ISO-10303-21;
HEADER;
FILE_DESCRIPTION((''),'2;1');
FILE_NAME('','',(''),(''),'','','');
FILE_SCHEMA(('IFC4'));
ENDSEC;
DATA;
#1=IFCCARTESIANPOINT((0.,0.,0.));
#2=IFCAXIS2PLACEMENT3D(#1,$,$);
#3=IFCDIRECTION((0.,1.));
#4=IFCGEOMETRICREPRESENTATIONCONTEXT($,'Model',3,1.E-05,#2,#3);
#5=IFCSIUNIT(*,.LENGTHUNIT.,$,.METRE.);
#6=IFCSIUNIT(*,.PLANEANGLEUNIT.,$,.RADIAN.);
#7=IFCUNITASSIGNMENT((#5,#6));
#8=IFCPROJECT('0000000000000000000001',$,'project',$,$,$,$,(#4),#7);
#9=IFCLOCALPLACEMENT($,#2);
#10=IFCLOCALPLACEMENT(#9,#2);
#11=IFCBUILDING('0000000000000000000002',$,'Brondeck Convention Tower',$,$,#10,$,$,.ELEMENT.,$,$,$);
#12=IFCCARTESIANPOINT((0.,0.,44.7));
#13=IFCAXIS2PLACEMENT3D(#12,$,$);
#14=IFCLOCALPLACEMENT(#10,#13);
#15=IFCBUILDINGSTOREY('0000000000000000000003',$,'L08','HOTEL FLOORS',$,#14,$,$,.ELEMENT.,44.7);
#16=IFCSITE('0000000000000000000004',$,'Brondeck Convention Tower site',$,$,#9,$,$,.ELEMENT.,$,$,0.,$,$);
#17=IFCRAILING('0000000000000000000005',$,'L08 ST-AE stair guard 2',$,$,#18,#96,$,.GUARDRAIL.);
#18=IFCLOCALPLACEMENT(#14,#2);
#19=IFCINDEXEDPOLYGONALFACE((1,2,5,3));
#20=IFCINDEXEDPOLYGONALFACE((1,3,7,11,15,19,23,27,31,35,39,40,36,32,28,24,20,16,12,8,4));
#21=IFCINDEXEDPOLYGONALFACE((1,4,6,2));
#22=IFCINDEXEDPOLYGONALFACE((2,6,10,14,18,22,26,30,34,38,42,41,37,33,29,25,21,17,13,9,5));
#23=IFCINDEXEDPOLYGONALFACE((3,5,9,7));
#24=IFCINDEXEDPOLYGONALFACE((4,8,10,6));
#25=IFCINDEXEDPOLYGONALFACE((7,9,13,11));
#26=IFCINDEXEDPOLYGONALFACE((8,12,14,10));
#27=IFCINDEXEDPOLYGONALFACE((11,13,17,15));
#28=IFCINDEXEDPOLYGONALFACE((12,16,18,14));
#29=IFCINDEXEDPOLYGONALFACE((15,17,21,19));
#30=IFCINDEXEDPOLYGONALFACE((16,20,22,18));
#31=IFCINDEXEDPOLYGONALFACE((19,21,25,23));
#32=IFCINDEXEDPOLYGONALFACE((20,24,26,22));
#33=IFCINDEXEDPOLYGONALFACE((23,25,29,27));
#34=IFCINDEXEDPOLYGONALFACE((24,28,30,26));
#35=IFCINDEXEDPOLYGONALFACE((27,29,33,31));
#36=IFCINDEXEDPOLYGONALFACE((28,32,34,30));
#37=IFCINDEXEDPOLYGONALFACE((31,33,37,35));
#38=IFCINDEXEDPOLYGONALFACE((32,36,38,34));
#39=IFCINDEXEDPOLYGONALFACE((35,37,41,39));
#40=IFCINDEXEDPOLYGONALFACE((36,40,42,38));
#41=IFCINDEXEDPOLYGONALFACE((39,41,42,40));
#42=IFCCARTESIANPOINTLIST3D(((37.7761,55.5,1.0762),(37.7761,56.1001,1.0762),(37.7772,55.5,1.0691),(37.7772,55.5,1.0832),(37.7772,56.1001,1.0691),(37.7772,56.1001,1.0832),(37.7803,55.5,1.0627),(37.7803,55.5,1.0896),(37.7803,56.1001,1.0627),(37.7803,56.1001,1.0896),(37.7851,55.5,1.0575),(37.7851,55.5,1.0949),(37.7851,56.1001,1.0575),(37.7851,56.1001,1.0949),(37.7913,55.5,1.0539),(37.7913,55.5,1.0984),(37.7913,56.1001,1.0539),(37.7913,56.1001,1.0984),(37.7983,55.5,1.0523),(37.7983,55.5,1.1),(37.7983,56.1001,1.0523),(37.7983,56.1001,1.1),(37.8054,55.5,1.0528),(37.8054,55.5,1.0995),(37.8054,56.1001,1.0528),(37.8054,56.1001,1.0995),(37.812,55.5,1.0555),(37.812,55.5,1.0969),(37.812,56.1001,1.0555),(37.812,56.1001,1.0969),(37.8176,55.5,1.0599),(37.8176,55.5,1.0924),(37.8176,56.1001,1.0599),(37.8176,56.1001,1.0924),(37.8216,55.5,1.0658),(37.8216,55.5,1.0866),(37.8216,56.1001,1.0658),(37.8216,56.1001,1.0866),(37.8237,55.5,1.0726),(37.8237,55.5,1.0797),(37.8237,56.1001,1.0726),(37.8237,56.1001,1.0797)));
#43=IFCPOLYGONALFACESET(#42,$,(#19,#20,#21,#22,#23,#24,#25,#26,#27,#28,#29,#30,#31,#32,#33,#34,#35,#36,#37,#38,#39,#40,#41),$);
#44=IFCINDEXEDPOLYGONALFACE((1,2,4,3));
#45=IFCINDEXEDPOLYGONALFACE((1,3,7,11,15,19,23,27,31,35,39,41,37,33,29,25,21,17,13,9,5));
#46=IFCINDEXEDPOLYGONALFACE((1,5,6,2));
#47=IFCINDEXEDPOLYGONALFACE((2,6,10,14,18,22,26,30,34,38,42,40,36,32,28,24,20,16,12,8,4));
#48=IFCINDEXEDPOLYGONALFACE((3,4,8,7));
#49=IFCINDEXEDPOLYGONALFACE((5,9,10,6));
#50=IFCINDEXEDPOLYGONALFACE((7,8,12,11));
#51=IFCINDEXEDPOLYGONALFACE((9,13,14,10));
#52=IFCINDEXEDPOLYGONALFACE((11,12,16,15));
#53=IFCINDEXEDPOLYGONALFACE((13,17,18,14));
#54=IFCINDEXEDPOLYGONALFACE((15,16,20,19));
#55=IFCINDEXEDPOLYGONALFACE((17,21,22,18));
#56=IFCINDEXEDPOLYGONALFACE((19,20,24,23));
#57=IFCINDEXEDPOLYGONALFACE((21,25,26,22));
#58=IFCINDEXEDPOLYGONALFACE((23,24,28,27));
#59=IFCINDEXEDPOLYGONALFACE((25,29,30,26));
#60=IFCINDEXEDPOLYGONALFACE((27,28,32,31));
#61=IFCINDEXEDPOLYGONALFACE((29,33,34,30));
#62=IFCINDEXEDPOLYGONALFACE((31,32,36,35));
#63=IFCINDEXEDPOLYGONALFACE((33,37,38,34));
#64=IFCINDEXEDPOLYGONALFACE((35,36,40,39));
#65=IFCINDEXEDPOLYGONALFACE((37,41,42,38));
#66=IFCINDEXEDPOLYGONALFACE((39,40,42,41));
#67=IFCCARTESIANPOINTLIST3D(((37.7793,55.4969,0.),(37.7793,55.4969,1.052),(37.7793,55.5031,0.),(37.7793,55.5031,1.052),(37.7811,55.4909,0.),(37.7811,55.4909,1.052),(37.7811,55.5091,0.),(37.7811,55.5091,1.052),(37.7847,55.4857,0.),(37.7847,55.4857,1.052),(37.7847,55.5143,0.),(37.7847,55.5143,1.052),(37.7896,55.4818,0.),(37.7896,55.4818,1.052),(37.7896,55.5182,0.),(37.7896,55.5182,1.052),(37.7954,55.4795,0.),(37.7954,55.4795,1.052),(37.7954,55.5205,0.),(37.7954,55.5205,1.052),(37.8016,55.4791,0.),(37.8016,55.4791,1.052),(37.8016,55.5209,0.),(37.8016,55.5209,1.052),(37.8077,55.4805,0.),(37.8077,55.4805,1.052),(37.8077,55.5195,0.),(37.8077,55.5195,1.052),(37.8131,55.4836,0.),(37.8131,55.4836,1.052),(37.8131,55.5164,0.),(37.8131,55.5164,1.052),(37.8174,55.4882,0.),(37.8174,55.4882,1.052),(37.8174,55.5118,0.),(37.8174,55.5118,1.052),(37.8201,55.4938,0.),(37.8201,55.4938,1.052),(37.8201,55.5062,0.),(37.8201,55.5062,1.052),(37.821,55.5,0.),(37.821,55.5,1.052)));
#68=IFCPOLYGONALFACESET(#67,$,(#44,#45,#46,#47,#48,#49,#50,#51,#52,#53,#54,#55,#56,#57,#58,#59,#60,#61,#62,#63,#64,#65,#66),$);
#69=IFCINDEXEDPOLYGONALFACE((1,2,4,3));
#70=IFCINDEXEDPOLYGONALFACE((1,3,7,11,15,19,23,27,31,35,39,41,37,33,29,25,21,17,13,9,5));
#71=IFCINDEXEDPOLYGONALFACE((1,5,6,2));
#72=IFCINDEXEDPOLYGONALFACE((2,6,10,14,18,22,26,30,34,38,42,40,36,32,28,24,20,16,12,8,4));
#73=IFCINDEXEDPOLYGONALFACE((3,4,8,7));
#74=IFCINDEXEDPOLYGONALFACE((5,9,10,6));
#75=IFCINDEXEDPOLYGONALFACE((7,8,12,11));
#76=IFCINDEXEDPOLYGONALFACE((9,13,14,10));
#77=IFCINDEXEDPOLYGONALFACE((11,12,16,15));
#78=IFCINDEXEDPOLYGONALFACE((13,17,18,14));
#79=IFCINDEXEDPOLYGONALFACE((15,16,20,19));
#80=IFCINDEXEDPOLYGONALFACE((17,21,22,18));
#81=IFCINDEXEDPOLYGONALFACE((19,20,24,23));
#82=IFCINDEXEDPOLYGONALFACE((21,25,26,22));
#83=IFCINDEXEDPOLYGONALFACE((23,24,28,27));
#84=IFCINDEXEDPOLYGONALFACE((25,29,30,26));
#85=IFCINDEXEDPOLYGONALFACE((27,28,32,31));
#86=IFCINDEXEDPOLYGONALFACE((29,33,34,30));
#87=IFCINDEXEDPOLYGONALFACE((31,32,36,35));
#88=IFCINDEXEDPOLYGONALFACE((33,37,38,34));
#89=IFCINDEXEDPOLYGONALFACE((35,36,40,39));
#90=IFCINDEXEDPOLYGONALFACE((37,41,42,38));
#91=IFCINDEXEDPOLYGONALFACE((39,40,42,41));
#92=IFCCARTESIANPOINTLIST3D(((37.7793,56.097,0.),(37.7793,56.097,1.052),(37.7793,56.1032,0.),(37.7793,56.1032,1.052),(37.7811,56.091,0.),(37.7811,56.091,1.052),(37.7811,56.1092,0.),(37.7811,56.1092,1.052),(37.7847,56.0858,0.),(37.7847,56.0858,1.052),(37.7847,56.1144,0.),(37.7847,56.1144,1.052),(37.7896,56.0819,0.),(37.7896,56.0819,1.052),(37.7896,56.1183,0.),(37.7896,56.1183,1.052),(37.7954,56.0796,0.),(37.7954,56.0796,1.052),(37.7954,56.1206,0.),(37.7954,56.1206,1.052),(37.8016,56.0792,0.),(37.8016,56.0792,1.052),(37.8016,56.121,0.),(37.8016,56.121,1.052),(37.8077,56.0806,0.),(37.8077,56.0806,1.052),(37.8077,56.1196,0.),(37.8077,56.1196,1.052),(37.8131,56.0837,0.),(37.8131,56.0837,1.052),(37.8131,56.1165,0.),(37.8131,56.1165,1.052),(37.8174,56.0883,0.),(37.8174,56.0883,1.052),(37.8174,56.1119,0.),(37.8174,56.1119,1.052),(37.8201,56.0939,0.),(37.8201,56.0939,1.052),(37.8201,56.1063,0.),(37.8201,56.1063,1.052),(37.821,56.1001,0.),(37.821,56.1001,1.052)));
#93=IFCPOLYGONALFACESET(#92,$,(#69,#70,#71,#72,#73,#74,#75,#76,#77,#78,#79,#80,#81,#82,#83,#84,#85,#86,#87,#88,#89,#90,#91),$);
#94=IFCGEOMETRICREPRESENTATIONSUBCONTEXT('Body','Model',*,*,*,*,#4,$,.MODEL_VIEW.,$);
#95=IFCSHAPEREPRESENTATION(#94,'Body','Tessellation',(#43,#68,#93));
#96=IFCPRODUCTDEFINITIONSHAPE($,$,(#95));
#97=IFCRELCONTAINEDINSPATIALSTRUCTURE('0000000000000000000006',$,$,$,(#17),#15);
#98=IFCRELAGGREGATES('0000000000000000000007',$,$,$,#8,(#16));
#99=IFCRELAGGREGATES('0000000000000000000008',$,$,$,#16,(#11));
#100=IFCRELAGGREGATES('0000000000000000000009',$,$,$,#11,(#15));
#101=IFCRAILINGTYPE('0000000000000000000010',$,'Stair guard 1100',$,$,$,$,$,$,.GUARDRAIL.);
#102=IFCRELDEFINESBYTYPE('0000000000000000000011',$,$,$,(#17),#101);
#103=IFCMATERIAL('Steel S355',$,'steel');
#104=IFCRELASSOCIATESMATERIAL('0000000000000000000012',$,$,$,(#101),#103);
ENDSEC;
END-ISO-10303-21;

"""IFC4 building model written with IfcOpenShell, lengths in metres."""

from ifc_helpers import new_model, si_unit, direction, frame, origin, origin_2d, place, context, subcontext, project, spatial, circle, extrude, material, type_object, element, save


model = new_model("IFC4")

# Units and contexts
model_context = context("Model", 3, precision=1e-05, world=origin(), true_north=direction((0.0, 1.0)))
body_context = subcontext(model_context, "Body", "Model", "MODEL_VIEW")
ifc_project = project(units=[si_unit("LENGTHUNIT", "METRE"), si_unit("PLANEANGLEUNIT", "RADIAN")], contexts=[model_context])

# Site, building, storey
site_placement = place(None, origin())
site = spatial("IfcSite", under=ifc_project, at=site_placement, Name="Brondeck Convention Tower site", CompositionType="ELEMENT", RefElevation=0.0)
building_placement = place(site_placement, origin())
building = spatial("IfcBuilding", under=site, at=building_placement, Name="Brondeck Convention Tower", CompositionType="ELEMENT")
storey_placement = place(building_placement, frame((0.0, 0.0, 44.7)))
storey = spatial("IfcBuildingStorey", under=building, at=storey_placement, Name="L08", Description="HOTEL FLOORS", CompositionType="ELEMENT", Elevation=44.7)

# Shared definitions
ifc_material_1 = material(Name="Steel S355", Category="steel")

# Railing
railing_type_1 = type_object("IfcRailingType", Name="Stair guard 1100", PredefinedType="GUARDRAIL", material=ifc_material_1)
railing_1_placement = place(storey_placement, frame((37.8, 55.5, 0.0)))
element("IfcRailing", 1, at=railing_1_placement, inside=storey, type_object=railing_type_1, Name="L08 ST-AE stair guard 2", PredefinedType="GUARDRAIL", context=body_context, shape_type="SweptSolid", body=[
    extrude(circle(Radius=0.0239, at=origin_2d()), frame((0.0, 0.0, 1.0762), z_axis=(0.0, 1.0, 0.0), x_axis=(-1.0, 0.0, 0.0)), (0.0, 0.0, 1.0), 0.6001),
    extrude(circle(Radius=0.021, at=origin_2d()), origin(), (0.0, 0.0, 1.0), 1.052),
    extrude(circle(Radius=0.021, at=origin_2d()), frame((0.0, 0.6001, 0.0)), (0.0, 0.0, 1.0), 1.052),
])

save(model, "model.ifc")
